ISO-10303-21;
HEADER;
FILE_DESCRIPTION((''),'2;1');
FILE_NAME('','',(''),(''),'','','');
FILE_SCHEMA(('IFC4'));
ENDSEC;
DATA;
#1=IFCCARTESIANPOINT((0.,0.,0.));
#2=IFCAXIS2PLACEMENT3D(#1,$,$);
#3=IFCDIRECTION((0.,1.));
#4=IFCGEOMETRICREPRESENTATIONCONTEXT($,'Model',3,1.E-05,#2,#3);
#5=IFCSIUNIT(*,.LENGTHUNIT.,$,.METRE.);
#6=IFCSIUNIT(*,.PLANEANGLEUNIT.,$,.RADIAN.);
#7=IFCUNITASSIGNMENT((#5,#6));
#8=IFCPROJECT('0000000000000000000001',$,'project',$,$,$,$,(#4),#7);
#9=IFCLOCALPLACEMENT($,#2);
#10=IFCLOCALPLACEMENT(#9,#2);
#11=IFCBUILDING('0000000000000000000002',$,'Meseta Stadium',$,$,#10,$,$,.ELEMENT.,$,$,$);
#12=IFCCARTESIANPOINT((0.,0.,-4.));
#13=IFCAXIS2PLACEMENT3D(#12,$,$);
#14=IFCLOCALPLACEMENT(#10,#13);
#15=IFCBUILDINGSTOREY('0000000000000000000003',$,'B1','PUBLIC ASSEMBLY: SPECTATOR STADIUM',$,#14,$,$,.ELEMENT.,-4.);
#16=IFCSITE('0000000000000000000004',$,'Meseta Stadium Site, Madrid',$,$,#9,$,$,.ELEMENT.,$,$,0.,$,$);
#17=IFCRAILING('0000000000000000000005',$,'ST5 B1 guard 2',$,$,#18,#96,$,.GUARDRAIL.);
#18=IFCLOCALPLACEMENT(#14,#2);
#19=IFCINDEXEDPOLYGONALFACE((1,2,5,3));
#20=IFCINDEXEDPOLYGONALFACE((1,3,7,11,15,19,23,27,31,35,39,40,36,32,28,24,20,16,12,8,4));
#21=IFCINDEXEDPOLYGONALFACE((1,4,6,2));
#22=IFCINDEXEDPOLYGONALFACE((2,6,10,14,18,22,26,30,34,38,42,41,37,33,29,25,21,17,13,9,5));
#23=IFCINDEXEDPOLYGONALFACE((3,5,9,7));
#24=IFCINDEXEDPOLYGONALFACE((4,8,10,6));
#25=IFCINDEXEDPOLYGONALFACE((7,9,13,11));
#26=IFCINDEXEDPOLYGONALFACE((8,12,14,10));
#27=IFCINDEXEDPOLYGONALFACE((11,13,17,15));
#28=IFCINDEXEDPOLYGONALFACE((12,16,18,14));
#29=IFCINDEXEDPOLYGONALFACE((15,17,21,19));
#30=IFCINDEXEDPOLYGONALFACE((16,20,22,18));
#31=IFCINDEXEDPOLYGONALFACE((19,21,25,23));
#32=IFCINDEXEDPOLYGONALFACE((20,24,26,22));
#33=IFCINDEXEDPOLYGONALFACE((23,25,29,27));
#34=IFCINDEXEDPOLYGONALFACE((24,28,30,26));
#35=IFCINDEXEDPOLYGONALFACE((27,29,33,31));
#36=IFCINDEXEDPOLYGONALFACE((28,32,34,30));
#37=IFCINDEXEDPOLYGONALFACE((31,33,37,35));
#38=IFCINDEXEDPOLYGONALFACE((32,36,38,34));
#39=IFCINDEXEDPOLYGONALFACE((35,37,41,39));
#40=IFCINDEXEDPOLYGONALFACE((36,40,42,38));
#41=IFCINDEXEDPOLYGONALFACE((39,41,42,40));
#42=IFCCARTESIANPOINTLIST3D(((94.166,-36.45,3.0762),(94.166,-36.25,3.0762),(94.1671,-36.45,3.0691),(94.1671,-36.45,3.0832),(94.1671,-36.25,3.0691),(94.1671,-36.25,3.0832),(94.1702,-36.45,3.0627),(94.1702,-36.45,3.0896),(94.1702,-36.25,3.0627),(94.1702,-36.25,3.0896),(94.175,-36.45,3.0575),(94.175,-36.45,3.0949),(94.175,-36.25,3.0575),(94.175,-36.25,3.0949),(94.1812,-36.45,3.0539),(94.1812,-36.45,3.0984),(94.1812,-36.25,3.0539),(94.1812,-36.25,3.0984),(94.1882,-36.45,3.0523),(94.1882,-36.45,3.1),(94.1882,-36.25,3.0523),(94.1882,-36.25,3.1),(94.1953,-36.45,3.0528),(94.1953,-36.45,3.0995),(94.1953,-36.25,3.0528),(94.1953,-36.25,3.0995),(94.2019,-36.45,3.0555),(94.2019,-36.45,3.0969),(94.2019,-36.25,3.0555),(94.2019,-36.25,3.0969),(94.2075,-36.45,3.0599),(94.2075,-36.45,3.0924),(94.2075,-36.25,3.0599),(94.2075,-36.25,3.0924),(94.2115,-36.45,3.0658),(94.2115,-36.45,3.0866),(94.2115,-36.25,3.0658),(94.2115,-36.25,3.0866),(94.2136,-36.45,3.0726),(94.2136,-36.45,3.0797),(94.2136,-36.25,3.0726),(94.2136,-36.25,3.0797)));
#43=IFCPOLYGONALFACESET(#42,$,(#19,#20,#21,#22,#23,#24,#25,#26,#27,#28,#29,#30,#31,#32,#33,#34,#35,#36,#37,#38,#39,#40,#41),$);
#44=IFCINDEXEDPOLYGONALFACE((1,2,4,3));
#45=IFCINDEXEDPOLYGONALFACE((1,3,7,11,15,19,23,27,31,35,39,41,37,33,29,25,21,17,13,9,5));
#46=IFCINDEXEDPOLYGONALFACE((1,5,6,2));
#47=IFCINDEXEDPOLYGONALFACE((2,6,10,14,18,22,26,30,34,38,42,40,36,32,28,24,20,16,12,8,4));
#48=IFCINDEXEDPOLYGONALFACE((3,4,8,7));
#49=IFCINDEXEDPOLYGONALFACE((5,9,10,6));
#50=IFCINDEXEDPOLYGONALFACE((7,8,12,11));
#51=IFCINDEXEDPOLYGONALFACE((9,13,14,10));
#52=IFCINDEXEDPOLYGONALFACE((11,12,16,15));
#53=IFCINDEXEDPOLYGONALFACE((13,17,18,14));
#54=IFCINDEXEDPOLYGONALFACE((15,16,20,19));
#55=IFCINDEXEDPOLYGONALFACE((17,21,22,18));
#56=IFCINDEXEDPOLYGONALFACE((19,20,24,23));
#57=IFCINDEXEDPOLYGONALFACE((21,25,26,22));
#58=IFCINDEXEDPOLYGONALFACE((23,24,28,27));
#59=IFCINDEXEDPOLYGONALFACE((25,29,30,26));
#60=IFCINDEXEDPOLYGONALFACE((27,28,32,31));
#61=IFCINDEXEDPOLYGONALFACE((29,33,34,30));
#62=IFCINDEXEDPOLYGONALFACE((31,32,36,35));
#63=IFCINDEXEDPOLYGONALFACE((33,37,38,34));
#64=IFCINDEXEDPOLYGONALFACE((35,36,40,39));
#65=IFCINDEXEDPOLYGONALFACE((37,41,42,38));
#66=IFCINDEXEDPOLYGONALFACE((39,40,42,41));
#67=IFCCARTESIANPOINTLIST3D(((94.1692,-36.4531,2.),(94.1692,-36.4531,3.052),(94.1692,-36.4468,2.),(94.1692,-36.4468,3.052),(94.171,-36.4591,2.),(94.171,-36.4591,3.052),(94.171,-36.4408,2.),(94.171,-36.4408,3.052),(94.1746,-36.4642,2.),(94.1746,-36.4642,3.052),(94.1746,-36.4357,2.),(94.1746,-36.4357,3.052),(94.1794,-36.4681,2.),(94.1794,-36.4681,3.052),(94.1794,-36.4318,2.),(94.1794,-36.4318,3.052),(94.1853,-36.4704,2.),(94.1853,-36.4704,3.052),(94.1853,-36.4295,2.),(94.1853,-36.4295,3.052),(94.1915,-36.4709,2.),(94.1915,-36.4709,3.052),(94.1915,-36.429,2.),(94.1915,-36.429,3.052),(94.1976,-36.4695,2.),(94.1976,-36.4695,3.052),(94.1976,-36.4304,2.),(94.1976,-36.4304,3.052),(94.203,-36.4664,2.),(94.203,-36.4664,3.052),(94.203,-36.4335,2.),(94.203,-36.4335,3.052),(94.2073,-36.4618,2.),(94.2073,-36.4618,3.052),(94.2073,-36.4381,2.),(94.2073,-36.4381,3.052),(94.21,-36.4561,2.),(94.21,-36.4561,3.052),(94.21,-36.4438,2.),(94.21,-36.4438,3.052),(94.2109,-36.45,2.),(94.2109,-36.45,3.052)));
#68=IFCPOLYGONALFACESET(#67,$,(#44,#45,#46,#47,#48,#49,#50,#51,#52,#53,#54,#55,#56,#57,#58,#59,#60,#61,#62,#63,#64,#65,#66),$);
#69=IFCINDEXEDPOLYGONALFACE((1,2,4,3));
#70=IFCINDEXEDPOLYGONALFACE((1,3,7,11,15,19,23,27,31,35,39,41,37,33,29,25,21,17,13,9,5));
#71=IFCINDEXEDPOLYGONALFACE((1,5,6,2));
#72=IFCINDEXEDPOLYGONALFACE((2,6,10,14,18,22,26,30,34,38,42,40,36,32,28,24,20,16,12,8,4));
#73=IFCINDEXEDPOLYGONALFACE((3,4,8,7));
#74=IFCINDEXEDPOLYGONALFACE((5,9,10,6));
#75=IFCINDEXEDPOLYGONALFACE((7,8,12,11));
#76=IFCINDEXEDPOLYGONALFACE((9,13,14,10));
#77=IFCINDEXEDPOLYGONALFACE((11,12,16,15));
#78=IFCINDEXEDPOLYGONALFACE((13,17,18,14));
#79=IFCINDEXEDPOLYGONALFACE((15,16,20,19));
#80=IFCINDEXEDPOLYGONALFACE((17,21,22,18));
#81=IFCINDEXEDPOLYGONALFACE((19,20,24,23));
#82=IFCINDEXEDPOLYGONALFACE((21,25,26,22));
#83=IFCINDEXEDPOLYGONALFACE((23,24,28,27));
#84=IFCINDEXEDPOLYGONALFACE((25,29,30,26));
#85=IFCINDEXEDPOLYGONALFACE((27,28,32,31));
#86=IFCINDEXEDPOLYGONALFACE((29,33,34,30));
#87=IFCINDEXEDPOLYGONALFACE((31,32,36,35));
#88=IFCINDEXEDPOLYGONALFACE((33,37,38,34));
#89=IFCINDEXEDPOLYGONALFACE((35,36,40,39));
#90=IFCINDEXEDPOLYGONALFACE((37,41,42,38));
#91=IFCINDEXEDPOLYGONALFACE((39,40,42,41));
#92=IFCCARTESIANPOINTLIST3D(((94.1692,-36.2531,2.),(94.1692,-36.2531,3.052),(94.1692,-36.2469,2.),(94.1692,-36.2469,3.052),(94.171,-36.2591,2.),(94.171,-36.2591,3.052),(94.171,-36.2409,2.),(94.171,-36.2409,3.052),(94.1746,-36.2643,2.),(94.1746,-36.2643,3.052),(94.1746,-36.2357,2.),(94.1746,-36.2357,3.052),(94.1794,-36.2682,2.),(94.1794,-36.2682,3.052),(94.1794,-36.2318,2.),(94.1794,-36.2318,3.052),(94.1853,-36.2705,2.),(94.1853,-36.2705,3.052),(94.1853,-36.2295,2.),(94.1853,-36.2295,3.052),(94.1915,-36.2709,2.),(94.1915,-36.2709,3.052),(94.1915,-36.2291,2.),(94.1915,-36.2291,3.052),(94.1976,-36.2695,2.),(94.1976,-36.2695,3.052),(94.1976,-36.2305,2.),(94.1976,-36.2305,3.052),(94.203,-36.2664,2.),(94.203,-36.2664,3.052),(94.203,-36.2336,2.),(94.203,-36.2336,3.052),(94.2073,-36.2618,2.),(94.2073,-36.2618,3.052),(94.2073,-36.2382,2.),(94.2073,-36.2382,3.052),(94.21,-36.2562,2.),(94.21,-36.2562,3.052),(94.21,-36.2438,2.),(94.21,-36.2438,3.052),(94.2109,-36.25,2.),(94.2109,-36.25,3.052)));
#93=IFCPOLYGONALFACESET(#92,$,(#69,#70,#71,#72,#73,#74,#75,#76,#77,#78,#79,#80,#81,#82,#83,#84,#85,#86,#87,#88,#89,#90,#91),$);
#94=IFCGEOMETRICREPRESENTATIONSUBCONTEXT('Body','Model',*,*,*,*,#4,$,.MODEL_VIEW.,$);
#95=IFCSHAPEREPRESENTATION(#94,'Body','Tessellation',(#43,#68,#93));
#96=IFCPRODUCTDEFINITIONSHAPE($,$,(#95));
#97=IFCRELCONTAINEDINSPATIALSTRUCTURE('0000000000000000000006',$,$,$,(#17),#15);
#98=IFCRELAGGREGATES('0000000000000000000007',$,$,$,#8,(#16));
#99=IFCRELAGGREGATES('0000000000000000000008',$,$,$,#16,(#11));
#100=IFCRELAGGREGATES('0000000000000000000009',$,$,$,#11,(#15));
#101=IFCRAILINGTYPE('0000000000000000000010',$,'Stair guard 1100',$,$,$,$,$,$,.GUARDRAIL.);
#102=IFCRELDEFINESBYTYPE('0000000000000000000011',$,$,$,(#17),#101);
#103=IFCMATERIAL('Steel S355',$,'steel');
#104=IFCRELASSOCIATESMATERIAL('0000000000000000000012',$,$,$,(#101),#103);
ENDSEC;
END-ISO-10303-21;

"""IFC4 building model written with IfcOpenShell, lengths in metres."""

from ifc_helpers import new_model, si_unit, direction, frame, origin, origin_2d, place, context, subcontext, project, spatial, circle, extrude, material, type_object, element, save


model = new_model("IFC4")

# Units and contexts
model_context = context("Model", 3, precision=1e-05, world=origin(), true_north=direction((0.0, 1.0)))
body_context = subcontext(model_context, "Body", "Model", "MODEL_VIEW")
ifc_project = project(units=[si_unit("LENGTHUNIT", "METRE"), si_unit("PLANEANGLEUNIT", "RADIAN")], contexts=[model_context])

# Site, building, storey
site_placement = place(None, origin())
site = spatial("IfcSite", under=ifc_project, at=site_placement, Name="Meseta Stadium Site, Madrid", CompositionType="ELEMENT", RefElevation=0.0)
building_placement = place(site_placement, origin())
building = spatial("IfcBuilding", under=site, at=building_placement, Name="Meseta Stadium", CompositionType="ELEMENT")
storey_placement = place(building_placement, frame((0.0, 0.0, -4.0)))
storey = spatial("IfcBuildingStorey", under=building, at=storey_placement, Name="B1", Description="PUBLIC ASSEMBLY: SPECTATOR STADIUM", CompositionType="ELEMENT", Elevation=-4.0)

# Railing
ifc_material_1 = material(Name="Steel S355", Category="steel")
railing_type_1 = type_object("IfcRailingType", Name="Stair guard 1100", PredefinedType="GUARDRAIL", material=ifc_material_1)
railing_1_placement = place(storey_placement, frame((94.1899, -36.45, 2.0)))
element("IfcRailing", 1, at=railing_1_placement, inside=storey, type_object=railing_type_1, Name="ST5 B1 guard 2", PredefinedType="GUARDRAIL", context=body_context, shape_type="SweptSolid", body=[
    extrude(circle(Radius=0.0239, at=origin_2d()), frame((0.0, 0.0, 1.0762), z_axis=(0.0, 1.0, 0.0), x_axis=(-1.0, 0.0, 0.0)), (0.0, 0.0, 1.0), 0.2),
    extrude(circle(Radius=0.021, at=origin_2d()), origin(), (0.0, 0.0, 1.0), 1.052),
    extrude(circle(Radius=0.021, at=origin_2d()), frame((0.0, 0.2, 0.0)), (0.0, 0.0, 1.0), 1.052),
])

save(model, "model.ifc")
